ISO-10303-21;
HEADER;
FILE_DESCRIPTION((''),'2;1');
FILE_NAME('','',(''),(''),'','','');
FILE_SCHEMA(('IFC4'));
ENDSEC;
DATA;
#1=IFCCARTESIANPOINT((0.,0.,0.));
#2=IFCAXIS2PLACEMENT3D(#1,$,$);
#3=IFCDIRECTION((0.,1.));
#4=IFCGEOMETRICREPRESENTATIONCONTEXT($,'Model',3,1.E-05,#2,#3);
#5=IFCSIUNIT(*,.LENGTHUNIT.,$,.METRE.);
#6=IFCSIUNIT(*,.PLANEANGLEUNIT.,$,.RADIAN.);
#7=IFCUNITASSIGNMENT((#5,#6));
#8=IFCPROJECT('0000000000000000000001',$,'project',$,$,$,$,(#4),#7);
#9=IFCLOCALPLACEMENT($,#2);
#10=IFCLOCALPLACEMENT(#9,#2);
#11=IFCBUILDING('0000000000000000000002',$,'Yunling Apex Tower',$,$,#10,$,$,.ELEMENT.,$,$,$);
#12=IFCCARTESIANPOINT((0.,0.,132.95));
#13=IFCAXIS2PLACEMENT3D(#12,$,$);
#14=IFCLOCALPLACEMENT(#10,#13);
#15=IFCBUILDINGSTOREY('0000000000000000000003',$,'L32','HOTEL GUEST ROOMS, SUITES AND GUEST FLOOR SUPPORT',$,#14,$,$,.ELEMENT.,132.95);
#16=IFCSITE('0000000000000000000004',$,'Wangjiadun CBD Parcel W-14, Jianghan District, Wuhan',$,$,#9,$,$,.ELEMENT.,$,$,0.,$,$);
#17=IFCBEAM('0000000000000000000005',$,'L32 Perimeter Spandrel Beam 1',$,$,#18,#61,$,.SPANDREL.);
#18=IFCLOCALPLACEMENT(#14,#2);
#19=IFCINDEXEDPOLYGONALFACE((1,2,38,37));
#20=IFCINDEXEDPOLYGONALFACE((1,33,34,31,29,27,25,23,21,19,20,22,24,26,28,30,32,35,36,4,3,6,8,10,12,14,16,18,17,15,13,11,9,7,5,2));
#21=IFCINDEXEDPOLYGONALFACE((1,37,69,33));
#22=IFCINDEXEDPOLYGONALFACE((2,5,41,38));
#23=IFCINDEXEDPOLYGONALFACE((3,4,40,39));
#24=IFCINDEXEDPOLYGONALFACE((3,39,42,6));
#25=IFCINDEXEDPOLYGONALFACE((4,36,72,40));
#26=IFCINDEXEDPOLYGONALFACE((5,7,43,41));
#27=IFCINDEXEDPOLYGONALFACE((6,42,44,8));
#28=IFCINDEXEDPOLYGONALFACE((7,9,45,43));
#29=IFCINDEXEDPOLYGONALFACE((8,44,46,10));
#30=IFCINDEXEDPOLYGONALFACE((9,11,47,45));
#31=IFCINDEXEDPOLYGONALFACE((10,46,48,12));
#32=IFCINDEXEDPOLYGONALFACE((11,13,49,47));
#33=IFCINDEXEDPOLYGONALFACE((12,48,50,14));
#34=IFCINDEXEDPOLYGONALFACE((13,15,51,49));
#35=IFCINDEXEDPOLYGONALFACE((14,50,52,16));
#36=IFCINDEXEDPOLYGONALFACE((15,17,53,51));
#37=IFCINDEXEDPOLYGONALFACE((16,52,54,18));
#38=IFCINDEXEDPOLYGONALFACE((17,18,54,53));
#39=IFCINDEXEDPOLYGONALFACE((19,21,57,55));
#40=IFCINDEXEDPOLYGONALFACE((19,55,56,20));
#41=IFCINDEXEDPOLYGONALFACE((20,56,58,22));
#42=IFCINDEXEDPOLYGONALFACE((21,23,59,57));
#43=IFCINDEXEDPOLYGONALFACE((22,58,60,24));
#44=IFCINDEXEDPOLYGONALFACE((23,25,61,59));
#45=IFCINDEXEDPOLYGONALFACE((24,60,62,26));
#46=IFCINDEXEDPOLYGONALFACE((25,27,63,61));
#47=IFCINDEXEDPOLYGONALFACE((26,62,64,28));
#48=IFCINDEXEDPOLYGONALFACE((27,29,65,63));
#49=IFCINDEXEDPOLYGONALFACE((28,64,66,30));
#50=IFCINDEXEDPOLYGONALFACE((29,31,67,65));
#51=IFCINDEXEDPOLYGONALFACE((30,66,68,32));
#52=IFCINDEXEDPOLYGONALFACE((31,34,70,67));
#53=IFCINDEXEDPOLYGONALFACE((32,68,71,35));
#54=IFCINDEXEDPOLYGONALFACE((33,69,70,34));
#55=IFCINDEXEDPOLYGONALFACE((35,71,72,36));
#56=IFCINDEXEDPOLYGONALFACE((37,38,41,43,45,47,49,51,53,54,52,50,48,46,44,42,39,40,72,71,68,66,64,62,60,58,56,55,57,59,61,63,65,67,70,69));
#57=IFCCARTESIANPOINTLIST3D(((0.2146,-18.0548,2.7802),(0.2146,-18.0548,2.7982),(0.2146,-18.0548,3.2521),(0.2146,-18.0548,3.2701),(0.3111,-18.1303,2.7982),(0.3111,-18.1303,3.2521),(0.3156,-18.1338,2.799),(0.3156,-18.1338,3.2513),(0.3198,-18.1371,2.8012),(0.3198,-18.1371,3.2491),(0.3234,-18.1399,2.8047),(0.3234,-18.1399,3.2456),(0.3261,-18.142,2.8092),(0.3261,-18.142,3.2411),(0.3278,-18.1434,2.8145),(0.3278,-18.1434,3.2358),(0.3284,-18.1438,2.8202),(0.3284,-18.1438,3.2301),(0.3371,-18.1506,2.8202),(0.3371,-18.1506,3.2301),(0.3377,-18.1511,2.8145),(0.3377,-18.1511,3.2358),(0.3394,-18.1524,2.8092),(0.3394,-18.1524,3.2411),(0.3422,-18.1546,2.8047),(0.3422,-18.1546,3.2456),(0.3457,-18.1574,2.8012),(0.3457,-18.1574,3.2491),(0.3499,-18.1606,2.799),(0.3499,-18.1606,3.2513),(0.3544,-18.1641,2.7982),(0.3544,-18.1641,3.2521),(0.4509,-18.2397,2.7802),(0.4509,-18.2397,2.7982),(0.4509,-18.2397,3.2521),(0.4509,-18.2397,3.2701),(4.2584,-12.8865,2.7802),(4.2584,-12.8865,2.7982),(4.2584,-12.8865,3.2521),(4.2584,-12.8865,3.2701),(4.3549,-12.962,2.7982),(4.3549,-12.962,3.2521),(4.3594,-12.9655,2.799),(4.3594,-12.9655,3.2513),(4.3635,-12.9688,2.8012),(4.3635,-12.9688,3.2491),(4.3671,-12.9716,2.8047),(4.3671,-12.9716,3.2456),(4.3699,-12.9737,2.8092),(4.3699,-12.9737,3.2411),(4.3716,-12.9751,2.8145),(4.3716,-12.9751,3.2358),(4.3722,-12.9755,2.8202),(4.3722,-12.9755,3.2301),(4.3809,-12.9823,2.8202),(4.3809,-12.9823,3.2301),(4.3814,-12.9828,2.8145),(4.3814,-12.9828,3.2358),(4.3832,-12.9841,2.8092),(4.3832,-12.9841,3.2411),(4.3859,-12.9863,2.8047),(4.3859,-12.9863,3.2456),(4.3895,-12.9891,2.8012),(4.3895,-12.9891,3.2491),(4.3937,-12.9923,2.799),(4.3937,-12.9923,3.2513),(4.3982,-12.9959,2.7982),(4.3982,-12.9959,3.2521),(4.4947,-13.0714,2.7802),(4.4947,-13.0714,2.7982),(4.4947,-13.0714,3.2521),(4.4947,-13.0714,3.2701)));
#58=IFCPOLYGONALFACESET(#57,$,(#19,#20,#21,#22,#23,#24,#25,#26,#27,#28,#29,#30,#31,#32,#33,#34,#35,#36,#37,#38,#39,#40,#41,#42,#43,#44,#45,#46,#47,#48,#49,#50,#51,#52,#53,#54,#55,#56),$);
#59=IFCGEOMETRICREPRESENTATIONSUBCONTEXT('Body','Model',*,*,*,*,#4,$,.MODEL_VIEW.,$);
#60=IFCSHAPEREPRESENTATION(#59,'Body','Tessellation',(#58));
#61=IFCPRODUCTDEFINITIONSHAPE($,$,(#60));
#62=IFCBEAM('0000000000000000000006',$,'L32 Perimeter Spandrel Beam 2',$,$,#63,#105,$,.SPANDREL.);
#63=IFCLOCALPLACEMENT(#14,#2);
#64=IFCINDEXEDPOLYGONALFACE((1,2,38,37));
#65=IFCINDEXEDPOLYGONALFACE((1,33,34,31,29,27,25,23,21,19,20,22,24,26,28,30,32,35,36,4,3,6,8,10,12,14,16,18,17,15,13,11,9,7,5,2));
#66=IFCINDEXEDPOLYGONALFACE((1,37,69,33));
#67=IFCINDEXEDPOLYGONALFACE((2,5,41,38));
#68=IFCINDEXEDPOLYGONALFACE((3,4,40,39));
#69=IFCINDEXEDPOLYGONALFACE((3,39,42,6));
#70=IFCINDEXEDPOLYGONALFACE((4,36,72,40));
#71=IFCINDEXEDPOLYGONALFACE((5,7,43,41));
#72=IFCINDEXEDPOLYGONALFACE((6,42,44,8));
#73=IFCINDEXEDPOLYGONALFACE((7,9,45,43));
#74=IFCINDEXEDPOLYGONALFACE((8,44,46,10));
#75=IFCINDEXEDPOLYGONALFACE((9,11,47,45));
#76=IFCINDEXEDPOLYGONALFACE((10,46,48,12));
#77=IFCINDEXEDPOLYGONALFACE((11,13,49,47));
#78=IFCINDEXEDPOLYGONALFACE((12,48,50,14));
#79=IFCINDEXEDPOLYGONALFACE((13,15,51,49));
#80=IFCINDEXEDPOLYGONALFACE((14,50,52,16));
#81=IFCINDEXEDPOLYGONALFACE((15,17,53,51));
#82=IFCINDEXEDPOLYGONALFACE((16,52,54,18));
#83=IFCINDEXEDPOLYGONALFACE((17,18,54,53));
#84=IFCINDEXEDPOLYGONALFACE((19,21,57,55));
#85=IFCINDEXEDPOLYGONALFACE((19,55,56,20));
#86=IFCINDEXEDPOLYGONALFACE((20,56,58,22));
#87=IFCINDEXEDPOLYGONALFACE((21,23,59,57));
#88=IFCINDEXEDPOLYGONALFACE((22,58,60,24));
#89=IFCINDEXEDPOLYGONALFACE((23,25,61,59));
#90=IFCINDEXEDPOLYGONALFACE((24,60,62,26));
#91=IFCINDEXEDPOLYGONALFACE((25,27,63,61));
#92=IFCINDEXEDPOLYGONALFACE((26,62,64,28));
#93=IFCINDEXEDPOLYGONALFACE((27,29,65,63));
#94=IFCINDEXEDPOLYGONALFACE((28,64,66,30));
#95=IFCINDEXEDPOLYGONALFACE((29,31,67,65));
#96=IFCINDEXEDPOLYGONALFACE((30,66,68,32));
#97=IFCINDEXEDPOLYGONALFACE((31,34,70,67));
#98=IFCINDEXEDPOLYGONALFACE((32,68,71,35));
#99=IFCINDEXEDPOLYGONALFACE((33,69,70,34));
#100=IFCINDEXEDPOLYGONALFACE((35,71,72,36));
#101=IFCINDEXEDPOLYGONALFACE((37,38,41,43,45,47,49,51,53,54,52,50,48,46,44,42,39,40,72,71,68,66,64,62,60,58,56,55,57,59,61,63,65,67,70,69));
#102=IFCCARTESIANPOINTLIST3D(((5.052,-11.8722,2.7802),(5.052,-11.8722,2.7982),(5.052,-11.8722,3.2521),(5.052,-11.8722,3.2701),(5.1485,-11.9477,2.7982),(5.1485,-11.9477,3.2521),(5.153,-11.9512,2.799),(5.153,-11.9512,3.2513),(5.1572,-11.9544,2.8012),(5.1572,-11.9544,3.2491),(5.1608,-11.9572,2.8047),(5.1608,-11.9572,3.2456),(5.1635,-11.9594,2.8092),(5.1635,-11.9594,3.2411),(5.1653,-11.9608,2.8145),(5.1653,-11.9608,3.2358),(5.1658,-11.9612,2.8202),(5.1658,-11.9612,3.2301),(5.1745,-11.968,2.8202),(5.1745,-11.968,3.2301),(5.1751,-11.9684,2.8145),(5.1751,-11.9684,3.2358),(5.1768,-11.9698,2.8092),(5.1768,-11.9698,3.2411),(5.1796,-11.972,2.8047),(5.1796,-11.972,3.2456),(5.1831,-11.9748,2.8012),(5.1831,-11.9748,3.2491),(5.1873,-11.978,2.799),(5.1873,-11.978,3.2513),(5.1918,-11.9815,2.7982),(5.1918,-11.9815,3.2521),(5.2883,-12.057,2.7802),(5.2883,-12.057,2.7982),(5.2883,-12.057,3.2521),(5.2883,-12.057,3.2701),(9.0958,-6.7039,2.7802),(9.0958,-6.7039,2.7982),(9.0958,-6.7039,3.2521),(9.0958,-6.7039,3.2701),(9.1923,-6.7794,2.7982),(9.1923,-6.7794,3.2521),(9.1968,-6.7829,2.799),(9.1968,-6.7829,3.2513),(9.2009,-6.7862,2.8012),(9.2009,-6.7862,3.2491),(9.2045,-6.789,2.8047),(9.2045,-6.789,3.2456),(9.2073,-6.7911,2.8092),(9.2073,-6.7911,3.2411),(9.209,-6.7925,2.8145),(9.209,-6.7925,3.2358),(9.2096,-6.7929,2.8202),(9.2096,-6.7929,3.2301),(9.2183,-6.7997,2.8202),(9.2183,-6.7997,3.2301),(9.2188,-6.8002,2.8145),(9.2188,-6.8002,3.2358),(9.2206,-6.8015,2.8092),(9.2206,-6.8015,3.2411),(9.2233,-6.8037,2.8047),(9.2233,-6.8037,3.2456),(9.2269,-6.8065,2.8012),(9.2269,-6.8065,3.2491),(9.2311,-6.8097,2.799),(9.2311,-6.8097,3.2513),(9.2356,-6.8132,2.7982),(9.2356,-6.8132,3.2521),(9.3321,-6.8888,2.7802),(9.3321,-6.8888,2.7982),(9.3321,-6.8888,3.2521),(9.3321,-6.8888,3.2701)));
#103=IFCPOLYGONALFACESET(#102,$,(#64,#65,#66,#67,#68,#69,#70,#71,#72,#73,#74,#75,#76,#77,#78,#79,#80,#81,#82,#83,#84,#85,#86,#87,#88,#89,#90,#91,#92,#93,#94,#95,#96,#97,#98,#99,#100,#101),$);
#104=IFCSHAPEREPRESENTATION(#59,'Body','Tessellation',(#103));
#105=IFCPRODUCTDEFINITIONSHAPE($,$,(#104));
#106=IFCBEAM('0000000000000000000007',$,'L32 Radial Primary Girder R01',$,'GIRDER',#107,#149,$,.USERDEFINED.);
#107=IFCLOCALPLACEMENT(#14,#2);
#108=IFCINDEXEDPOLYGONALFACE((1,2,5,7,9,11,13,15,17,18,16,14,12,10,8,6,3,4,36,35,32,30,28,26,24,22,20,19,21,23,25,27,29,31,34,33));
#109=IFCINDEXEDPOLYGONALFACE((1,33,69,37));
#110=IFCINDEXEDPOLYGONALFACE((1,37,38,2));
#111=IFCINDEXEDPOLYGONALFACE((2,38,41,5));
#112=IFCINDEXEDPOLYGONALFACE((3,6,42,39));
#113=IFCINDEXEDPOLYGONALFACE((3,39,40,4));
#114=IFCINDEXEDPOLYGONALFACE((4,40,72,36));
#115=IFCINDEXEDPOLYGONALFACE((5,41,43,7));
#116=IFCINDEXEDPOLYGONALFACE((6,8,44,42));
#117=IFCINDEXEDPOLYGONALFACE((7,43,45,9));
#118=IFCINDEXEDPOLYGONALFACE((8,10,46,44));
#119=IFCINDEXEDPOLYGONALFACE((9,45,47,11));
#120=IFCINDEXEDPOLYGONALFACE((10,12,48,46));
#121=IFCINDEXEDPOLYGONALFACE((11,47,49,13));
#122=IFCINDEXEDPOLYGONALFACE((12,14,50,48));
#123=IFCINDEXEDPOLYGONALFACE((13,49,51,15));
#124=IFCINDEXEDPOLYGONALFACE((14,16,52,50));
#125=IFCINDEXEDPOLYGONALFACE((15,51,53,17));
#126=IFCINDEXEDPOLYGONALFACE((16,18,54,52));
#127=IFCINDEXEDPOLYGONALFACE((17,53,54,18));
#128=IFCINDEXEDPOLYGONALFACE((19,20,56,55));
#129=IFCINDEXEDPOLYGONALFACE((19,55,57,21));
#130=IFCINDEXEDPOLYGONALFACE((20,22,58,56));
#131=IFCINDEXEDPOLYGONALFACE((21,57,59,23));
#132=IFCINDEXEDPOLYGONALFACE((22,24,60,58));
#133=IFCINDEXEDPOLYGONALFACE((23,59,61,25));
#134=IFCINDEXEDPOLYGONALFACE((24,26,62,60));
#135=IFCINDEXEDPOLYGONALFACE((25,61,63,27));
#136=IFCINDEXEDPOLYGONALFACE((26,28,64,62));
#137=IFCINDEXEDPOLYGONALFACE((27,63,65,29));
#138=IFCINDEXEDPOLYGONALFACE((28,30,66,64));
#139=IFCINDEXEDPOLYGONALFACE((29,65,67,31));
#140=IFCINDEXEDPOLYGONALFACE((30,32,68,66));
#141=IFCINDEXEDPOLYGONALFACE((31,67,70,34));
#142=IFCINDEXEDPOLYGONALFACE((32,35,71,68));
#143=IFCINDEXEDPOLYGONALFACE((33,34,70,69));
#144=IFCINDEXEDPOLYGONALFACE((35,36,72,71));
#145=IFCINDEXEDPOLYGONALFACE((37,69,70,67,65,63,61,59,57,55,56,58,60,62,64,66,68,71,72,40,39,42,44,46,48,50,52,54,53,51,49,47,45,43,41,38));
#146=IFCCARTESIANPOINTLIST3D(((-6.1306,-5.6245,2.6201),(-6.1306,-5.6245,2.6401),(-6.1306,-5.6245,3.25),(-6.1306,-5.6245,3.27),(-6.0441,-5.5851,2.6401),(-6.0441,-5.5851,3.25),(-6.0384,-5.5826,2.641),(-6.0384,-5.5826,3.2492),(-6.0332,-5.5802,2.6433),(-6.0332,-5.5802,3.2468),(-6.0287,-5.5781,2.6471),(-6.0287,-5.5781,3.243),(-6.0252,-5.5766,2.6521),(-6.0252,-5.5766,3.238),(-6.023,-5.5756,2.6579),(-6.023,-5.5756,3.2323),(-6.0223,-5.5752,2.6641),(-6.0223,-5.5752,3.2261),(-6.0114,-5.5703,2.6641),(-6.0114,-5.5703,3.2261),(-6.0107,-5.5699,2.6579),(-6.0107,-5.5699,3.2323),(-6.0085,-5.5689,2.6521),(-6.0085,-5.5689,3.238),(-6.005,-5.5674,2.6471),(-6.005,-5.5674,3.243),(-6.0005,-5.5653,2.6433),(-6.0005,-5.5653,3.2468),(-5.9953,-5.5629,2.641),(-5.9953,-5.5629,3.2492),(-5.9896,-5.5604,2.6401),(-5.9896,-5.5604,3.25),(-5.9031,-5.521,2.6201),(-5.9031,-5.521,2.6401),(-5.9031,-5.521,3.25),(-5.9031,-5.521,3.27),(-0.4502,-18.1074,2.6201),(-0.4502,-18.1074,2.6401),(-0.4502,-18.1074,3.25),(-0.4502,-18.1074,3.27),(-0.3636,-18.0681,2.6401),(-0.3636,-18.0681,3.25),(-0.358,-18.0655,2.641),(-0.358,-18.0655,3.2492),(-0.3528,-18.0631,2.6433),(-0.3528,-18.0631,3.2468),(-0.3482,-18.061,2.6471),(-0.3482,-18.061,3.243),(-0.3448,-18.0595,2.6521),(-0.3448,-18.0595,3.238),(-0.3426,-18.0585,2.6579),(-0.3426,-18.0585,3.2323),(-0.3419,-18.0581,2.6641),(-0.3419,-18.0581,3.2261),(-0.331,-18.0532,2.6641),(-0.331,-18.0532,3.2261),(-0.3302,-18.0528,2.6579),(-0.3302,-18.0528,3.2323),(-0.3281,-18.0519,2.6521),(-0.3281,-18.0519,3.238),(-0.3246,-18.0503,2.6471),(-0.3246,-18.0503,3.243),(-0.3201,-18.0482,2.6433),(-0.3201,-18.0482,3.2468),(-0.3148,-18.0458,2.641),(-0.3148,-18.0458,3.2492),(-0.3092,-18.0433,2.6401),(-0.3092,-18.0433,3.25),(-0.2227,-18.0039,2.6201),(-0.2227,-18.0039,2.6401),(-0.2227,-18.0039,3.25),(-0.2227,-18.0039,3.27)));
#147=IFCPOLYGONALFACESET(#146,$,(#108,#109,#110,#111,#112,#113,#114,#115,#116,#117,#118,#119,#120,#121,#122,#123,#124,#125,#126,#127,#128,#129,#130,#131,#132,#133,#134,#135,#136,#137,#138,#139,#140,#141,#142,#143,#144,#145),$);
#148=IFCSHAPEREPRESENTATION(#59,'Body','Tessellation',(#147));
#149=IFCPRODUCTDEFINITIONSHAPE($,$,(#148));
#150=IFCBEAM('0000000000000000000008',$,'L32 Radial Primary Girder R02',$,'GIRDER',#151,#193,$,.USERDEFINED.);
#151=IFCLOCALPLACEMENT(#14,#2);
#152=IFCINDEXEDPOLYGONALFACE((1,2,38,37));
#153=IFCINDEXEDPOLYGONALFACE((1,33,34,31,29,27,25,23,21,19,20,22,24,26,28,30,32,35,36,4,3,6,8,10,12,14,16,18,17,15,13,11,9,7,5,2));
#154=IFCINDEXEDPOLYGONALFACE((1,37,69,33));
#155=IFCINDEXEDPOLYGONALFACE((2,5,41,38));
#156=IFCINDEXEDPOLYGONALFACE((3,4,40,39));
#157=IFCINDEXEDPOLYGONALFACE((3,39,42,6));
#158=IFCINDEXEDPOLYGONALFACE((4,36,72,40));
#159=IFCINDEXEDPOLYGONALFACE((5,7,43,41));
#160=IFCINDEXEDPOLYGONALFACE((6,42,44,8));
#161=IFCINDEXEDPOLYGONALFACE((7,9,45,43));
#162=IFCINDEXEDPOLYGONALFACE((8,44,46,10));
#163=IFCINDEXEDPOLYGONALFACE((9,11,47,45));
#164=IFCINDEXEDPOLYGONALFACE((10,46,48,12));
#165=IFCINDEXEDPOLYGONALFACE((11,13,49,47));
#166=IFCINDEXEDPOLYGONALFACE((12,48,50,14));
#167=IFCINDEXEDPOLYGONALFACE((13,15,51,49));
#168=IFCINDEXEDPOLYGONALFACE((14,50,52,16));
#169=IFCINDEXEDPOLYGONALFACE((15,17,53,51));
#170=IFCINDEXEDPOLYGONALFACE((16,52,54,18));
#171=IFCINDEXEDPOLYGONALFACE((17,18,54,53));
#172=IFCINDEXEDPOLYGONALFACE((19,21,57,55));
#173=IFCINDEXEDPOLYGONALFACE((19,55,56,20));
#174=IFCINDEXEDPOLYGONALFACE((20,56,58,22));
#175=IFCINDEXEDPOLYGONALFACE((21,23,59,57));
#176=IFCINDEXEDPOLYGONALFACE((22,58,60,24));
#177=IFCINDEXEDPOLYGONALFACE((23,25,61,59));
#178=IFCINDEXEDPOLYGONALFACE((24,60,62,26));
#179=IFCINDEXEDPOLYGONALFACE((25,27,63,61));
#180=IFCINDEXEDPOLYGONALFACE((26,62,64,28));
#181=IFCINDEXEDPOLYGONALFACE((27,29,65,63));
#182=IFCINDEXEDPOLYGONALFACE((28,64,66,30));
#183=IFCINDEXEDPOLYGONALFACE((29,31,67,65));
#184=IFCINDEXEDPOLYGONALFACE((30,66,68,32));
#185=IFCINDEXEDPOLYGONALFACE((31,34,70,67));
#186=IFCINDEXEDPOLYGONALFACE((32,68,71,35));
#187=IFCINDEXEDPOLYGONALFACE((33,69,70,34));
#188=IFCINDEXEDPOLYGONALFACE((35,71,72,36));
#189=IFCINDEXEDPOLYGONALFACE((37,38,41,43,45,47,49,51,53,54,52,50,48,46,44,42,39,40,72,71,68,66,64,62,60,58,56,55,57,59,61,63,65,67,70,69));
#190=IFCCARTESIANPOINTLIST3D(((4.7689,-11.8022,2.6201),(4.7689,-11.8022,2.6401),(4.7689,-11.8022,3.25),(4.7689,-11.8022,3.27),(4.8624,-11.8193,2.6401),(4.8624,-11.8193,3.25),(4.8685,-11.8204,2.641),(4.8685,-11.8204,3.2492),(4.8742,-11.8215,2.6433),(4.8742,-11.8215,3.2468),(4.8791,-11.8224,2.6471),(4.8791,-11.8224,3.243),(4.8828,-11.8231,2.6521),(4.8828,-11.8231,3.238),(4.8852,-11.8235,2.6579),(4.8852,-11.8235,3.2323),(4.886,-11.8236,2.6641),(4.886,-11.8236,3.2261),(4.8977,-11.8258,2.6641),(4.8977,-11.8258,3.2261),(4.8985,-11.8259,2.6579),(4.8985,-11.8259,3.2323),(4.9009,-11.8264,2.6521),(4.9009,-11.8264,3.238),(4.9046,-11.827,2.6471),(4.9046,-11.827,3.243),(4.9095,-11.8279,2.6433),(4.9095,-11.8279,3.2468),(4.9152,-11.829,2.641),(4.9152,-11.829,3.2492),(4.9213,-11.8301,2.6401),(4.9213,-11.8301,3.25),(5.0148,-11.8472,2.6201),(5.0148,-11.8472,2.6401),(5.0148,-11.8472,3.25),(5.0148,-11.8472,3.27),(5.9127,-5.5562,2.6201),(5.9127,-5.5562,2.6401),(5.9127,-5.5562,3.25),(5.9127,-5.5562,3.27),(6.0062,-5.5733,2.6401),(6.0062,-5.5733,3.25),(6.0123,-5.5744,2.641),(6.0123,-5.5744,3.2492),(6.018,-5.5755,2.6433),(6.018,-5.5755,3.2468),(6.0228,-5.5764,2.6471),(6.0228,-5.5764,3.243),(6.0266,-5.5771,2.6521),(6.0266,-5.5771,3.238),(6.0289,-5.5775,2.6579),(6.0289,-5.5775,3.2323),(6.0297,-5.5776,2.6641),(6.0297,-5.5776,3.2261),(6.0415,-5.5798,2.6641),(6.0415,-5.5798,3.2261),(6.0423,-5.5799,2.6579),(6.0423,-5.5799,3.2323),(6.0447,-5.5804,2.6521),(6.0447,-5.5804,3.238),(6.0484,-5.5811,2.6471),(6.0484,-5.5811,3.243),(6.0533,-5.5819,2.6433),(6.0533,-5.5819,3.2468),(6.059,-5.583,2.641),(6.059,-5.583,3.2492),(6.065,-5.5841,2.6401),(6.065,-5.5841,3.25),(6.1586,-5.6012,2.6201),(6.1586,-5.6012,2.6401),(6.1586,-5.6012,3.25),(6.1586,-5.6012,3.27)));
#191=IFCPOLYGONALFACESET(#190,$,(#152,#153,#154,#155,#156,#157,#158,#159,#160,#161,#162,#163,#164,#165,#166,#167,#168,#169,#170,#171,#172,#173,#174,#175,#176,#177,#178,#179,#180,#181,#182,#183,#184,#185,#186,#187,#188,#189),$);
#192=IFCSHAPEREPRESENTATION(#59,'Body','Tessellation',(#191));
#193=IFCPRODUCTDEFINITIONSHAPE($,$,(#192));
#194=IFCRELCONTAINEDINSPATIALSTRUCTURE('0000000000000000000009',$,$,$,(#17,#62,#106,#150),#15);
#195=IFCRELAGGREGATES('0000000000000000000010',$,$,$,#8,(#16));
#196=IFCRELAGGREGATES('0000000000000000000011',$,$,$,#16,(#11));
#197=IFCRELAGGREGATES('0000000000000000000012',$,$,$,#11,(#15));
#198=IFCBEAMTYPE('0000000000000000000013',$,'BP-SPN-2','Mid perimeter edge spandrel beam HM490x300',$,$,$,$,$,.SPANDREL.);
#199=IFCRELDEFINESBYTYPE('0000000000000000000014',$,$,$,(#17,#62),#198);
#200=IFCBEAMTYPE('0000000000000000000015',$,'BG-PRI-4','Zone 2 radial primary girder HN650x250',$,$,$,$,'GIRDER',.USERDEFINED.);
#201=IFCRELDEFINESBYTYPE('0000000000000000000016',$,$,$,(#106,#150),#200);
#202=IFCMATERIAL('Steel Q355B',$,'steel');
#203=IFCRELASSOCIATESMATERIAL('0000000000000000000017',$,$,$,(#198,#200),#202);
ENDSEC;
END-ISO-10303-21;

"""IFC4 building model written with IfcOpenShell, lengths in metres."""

from ifc_helpers import new_model, si_unit, direction, frame, origin, origin_2d, place, context, subcontext, project, spatial, i_section, extrude, source, transform, mapped, material, material_profile, profile_set, type_object, element, save


model = new_model("IFC4")

# Units and contexts
model_context = context("Model", 3, precision=1e-05, world=origin(), true_north=direction((0.0, 1.0)))
body_context = subcontext(model_context, "Body", "Model", "MODEL_VIEW")
ifc_project = project(units=[si_unit("LENGTHUNIT", "METRE"), si_unit("PLANEANGLEUNIT", "RADIAN")], contexts=[model_context])

# Site, building, storey
site_placement = place(None, origin())
site = spatial("IfcSite", under=ifc_project, at=site_placement, Name="Wangjiadun CBD Parcel W-14, Jianghan District, Wuhan", CompositionType="ELEMENT", RefElevation=0.0)
building_placement = place(site_placement, origin())
building = spatial("IfcBuilding", under=site, at=building_placement, Name="Yunling Apex Tower", CompositionType="ELEMENT")
storey_placement = place(building_placement, frame((0.0, 0.0, 132.95)))
storey = spatial("IfcBuildingStorey", under=building, at=storey_placement, Name="L32", Description="HOTEL GUEST ROOMS, SUITES AND GUEST FLOOR SUPPORT", CompositionType="ELEMENT", Elevation=132.95)

# Beams
ifc_material_1 = material(Name="Steel Q355B", Category="steel")
ifc_material_profile_1 = material_profile(ifc_material_1, i_section(OverallWidth=0.3, OverallDepth=0.49, WebThickness=0.011, FlangeThickness=0.0181, FilletRadius=0.022, at=origin_2d()))
ifc_profile_set_1 = profile_set([ifc_material_profile_1], Name="Steel Q355B")
beam_type_1 = type_object("IfcBeamType", Name="BP-SPN-2", Description="Mid perimeter edge spandrel beam HM490x300", PredefinedType="SPANDREL", material=ifc_profile_set_1)
shared_shape_1 = source(origin(), body_context, "Body", "SweptSolid", [
    extrude(i_section(OverallWidth=0.3, OverallDepth=0.49, WebThickness=0.011, FlangeThickness=0.0181, FilletRadius=0.022, at=origin_2d()), origin(), (0.0, 0.0, 1.0), 6.5623),
])
for number, where, z_axis, x_axis, name in (
    (1, (0.3328, -18.1472, 3.0251), (0.616215, 0.787578, 0.0), (-0.787578, 0.616215, 0.0), "L32 Perimeter Spandrel Beam 1"),
    (2, (5.1702, -11.9646, 3.0251), (0.616215, 0.787578, 0.0), (-0.787578, 0.616215, 0.0), "L32 Perimeter Spandrel Beam 2"),
):
    element("IfcBeam", number, at=place(storey_placement, frame(where, z_axis=z_axis, x_axis=x_axis)), inside=storey, type_object=beam_type_1, Name=name, PredefinedType="SPANDREL", context=body_context, shape_type="MappedRepresentation", body=[
        mapped(shared_shape_1, transform((0.0, 0.0, 0.0), scale=1.0)),
    ])
ifc_material_profile_2 = material_profile(ifc_material_1, i_section(OverallWidth=0.25, OverallDepth=0.6499, WebThickness=0.012, FlangeThickness=0.02, FilletRadius=0.0239, at=origin_2d()))
ifc_profile_set_2 = profile_set([ifc_material_profile_2], Name="Steel Q355B")
beam_type_2 = type_object("IfcBeamType", Name="BG-PRI-4", Description="Zone 2 radial primary girder HN650x250", ElementType="GIRDER", PredefinedType="USERDEFINED", material=ifc_profile_set_2)
shared_shape_2 = source(origin(), body_context, "Body", "SweptSolid", [
    extrude(i_section(OverallWidth=0.25, OverallDepth=0.6499, WebThickness=0.012, FlangeThickness=0.02, FilletRadius=0.0239, at=origin_2d()), origin(), (0.0, 0.0, 1.0), 13.7146),
])
beam_1_placement = place(storey_placement, frame((-0.3364, -18.0557, 2.9451), z_axis=(-0.414188, 0.910191, 0.0), x_axis=(-0.910191, -0.414188, 0.0)))
element("IfcBeam", 3, at=beam_1_placement, inside=storey, type_object=beam_type_2, Name="L32 Radial Primary Girder R01", ObjectType="GIRDER", PredefinedType="USERDEFINED", context=body_context, shape_type="MappedRepresentation", body=[
    mapped(shared_shape_2, transform((0.0, 0.0, 0.0), scale=1.0)),
])
shared_shape_3 = source(origin(), body_context, "Body", "SweptSolid", [
    extrude(i_section(OverallWidth=0.25, OverallDepth=0.6499, WebThickness=0.012, FlangeThickness=0.02, FilletRadius=0.0239, at=origin_2d()), origin(), (0.0, 0.0, 1.0), 6.3499),
])
beam_2_placement = place(storey_placement, frame((4.8918, -11.8247, 2.9451), z_axis=(0.180127, 0.983643, 0.0), x_axis=(-0.983643, 0.180127, 0.0)))
element("IfcBeam", 4, at=beam_2_placement, inside=storey, type_object=beam_type_2, Name="L32 Radial Primary Girder R02", ObjectType="GIRDER", PredefinedType="USERDEFINED", context=body_context, shape_type="MappedRepresentation", body=[
    mapped(shared_shape_3, transform((0.0, 0.0, 0.0), scale=1.0)),
])

save(model, "model.ifc")
